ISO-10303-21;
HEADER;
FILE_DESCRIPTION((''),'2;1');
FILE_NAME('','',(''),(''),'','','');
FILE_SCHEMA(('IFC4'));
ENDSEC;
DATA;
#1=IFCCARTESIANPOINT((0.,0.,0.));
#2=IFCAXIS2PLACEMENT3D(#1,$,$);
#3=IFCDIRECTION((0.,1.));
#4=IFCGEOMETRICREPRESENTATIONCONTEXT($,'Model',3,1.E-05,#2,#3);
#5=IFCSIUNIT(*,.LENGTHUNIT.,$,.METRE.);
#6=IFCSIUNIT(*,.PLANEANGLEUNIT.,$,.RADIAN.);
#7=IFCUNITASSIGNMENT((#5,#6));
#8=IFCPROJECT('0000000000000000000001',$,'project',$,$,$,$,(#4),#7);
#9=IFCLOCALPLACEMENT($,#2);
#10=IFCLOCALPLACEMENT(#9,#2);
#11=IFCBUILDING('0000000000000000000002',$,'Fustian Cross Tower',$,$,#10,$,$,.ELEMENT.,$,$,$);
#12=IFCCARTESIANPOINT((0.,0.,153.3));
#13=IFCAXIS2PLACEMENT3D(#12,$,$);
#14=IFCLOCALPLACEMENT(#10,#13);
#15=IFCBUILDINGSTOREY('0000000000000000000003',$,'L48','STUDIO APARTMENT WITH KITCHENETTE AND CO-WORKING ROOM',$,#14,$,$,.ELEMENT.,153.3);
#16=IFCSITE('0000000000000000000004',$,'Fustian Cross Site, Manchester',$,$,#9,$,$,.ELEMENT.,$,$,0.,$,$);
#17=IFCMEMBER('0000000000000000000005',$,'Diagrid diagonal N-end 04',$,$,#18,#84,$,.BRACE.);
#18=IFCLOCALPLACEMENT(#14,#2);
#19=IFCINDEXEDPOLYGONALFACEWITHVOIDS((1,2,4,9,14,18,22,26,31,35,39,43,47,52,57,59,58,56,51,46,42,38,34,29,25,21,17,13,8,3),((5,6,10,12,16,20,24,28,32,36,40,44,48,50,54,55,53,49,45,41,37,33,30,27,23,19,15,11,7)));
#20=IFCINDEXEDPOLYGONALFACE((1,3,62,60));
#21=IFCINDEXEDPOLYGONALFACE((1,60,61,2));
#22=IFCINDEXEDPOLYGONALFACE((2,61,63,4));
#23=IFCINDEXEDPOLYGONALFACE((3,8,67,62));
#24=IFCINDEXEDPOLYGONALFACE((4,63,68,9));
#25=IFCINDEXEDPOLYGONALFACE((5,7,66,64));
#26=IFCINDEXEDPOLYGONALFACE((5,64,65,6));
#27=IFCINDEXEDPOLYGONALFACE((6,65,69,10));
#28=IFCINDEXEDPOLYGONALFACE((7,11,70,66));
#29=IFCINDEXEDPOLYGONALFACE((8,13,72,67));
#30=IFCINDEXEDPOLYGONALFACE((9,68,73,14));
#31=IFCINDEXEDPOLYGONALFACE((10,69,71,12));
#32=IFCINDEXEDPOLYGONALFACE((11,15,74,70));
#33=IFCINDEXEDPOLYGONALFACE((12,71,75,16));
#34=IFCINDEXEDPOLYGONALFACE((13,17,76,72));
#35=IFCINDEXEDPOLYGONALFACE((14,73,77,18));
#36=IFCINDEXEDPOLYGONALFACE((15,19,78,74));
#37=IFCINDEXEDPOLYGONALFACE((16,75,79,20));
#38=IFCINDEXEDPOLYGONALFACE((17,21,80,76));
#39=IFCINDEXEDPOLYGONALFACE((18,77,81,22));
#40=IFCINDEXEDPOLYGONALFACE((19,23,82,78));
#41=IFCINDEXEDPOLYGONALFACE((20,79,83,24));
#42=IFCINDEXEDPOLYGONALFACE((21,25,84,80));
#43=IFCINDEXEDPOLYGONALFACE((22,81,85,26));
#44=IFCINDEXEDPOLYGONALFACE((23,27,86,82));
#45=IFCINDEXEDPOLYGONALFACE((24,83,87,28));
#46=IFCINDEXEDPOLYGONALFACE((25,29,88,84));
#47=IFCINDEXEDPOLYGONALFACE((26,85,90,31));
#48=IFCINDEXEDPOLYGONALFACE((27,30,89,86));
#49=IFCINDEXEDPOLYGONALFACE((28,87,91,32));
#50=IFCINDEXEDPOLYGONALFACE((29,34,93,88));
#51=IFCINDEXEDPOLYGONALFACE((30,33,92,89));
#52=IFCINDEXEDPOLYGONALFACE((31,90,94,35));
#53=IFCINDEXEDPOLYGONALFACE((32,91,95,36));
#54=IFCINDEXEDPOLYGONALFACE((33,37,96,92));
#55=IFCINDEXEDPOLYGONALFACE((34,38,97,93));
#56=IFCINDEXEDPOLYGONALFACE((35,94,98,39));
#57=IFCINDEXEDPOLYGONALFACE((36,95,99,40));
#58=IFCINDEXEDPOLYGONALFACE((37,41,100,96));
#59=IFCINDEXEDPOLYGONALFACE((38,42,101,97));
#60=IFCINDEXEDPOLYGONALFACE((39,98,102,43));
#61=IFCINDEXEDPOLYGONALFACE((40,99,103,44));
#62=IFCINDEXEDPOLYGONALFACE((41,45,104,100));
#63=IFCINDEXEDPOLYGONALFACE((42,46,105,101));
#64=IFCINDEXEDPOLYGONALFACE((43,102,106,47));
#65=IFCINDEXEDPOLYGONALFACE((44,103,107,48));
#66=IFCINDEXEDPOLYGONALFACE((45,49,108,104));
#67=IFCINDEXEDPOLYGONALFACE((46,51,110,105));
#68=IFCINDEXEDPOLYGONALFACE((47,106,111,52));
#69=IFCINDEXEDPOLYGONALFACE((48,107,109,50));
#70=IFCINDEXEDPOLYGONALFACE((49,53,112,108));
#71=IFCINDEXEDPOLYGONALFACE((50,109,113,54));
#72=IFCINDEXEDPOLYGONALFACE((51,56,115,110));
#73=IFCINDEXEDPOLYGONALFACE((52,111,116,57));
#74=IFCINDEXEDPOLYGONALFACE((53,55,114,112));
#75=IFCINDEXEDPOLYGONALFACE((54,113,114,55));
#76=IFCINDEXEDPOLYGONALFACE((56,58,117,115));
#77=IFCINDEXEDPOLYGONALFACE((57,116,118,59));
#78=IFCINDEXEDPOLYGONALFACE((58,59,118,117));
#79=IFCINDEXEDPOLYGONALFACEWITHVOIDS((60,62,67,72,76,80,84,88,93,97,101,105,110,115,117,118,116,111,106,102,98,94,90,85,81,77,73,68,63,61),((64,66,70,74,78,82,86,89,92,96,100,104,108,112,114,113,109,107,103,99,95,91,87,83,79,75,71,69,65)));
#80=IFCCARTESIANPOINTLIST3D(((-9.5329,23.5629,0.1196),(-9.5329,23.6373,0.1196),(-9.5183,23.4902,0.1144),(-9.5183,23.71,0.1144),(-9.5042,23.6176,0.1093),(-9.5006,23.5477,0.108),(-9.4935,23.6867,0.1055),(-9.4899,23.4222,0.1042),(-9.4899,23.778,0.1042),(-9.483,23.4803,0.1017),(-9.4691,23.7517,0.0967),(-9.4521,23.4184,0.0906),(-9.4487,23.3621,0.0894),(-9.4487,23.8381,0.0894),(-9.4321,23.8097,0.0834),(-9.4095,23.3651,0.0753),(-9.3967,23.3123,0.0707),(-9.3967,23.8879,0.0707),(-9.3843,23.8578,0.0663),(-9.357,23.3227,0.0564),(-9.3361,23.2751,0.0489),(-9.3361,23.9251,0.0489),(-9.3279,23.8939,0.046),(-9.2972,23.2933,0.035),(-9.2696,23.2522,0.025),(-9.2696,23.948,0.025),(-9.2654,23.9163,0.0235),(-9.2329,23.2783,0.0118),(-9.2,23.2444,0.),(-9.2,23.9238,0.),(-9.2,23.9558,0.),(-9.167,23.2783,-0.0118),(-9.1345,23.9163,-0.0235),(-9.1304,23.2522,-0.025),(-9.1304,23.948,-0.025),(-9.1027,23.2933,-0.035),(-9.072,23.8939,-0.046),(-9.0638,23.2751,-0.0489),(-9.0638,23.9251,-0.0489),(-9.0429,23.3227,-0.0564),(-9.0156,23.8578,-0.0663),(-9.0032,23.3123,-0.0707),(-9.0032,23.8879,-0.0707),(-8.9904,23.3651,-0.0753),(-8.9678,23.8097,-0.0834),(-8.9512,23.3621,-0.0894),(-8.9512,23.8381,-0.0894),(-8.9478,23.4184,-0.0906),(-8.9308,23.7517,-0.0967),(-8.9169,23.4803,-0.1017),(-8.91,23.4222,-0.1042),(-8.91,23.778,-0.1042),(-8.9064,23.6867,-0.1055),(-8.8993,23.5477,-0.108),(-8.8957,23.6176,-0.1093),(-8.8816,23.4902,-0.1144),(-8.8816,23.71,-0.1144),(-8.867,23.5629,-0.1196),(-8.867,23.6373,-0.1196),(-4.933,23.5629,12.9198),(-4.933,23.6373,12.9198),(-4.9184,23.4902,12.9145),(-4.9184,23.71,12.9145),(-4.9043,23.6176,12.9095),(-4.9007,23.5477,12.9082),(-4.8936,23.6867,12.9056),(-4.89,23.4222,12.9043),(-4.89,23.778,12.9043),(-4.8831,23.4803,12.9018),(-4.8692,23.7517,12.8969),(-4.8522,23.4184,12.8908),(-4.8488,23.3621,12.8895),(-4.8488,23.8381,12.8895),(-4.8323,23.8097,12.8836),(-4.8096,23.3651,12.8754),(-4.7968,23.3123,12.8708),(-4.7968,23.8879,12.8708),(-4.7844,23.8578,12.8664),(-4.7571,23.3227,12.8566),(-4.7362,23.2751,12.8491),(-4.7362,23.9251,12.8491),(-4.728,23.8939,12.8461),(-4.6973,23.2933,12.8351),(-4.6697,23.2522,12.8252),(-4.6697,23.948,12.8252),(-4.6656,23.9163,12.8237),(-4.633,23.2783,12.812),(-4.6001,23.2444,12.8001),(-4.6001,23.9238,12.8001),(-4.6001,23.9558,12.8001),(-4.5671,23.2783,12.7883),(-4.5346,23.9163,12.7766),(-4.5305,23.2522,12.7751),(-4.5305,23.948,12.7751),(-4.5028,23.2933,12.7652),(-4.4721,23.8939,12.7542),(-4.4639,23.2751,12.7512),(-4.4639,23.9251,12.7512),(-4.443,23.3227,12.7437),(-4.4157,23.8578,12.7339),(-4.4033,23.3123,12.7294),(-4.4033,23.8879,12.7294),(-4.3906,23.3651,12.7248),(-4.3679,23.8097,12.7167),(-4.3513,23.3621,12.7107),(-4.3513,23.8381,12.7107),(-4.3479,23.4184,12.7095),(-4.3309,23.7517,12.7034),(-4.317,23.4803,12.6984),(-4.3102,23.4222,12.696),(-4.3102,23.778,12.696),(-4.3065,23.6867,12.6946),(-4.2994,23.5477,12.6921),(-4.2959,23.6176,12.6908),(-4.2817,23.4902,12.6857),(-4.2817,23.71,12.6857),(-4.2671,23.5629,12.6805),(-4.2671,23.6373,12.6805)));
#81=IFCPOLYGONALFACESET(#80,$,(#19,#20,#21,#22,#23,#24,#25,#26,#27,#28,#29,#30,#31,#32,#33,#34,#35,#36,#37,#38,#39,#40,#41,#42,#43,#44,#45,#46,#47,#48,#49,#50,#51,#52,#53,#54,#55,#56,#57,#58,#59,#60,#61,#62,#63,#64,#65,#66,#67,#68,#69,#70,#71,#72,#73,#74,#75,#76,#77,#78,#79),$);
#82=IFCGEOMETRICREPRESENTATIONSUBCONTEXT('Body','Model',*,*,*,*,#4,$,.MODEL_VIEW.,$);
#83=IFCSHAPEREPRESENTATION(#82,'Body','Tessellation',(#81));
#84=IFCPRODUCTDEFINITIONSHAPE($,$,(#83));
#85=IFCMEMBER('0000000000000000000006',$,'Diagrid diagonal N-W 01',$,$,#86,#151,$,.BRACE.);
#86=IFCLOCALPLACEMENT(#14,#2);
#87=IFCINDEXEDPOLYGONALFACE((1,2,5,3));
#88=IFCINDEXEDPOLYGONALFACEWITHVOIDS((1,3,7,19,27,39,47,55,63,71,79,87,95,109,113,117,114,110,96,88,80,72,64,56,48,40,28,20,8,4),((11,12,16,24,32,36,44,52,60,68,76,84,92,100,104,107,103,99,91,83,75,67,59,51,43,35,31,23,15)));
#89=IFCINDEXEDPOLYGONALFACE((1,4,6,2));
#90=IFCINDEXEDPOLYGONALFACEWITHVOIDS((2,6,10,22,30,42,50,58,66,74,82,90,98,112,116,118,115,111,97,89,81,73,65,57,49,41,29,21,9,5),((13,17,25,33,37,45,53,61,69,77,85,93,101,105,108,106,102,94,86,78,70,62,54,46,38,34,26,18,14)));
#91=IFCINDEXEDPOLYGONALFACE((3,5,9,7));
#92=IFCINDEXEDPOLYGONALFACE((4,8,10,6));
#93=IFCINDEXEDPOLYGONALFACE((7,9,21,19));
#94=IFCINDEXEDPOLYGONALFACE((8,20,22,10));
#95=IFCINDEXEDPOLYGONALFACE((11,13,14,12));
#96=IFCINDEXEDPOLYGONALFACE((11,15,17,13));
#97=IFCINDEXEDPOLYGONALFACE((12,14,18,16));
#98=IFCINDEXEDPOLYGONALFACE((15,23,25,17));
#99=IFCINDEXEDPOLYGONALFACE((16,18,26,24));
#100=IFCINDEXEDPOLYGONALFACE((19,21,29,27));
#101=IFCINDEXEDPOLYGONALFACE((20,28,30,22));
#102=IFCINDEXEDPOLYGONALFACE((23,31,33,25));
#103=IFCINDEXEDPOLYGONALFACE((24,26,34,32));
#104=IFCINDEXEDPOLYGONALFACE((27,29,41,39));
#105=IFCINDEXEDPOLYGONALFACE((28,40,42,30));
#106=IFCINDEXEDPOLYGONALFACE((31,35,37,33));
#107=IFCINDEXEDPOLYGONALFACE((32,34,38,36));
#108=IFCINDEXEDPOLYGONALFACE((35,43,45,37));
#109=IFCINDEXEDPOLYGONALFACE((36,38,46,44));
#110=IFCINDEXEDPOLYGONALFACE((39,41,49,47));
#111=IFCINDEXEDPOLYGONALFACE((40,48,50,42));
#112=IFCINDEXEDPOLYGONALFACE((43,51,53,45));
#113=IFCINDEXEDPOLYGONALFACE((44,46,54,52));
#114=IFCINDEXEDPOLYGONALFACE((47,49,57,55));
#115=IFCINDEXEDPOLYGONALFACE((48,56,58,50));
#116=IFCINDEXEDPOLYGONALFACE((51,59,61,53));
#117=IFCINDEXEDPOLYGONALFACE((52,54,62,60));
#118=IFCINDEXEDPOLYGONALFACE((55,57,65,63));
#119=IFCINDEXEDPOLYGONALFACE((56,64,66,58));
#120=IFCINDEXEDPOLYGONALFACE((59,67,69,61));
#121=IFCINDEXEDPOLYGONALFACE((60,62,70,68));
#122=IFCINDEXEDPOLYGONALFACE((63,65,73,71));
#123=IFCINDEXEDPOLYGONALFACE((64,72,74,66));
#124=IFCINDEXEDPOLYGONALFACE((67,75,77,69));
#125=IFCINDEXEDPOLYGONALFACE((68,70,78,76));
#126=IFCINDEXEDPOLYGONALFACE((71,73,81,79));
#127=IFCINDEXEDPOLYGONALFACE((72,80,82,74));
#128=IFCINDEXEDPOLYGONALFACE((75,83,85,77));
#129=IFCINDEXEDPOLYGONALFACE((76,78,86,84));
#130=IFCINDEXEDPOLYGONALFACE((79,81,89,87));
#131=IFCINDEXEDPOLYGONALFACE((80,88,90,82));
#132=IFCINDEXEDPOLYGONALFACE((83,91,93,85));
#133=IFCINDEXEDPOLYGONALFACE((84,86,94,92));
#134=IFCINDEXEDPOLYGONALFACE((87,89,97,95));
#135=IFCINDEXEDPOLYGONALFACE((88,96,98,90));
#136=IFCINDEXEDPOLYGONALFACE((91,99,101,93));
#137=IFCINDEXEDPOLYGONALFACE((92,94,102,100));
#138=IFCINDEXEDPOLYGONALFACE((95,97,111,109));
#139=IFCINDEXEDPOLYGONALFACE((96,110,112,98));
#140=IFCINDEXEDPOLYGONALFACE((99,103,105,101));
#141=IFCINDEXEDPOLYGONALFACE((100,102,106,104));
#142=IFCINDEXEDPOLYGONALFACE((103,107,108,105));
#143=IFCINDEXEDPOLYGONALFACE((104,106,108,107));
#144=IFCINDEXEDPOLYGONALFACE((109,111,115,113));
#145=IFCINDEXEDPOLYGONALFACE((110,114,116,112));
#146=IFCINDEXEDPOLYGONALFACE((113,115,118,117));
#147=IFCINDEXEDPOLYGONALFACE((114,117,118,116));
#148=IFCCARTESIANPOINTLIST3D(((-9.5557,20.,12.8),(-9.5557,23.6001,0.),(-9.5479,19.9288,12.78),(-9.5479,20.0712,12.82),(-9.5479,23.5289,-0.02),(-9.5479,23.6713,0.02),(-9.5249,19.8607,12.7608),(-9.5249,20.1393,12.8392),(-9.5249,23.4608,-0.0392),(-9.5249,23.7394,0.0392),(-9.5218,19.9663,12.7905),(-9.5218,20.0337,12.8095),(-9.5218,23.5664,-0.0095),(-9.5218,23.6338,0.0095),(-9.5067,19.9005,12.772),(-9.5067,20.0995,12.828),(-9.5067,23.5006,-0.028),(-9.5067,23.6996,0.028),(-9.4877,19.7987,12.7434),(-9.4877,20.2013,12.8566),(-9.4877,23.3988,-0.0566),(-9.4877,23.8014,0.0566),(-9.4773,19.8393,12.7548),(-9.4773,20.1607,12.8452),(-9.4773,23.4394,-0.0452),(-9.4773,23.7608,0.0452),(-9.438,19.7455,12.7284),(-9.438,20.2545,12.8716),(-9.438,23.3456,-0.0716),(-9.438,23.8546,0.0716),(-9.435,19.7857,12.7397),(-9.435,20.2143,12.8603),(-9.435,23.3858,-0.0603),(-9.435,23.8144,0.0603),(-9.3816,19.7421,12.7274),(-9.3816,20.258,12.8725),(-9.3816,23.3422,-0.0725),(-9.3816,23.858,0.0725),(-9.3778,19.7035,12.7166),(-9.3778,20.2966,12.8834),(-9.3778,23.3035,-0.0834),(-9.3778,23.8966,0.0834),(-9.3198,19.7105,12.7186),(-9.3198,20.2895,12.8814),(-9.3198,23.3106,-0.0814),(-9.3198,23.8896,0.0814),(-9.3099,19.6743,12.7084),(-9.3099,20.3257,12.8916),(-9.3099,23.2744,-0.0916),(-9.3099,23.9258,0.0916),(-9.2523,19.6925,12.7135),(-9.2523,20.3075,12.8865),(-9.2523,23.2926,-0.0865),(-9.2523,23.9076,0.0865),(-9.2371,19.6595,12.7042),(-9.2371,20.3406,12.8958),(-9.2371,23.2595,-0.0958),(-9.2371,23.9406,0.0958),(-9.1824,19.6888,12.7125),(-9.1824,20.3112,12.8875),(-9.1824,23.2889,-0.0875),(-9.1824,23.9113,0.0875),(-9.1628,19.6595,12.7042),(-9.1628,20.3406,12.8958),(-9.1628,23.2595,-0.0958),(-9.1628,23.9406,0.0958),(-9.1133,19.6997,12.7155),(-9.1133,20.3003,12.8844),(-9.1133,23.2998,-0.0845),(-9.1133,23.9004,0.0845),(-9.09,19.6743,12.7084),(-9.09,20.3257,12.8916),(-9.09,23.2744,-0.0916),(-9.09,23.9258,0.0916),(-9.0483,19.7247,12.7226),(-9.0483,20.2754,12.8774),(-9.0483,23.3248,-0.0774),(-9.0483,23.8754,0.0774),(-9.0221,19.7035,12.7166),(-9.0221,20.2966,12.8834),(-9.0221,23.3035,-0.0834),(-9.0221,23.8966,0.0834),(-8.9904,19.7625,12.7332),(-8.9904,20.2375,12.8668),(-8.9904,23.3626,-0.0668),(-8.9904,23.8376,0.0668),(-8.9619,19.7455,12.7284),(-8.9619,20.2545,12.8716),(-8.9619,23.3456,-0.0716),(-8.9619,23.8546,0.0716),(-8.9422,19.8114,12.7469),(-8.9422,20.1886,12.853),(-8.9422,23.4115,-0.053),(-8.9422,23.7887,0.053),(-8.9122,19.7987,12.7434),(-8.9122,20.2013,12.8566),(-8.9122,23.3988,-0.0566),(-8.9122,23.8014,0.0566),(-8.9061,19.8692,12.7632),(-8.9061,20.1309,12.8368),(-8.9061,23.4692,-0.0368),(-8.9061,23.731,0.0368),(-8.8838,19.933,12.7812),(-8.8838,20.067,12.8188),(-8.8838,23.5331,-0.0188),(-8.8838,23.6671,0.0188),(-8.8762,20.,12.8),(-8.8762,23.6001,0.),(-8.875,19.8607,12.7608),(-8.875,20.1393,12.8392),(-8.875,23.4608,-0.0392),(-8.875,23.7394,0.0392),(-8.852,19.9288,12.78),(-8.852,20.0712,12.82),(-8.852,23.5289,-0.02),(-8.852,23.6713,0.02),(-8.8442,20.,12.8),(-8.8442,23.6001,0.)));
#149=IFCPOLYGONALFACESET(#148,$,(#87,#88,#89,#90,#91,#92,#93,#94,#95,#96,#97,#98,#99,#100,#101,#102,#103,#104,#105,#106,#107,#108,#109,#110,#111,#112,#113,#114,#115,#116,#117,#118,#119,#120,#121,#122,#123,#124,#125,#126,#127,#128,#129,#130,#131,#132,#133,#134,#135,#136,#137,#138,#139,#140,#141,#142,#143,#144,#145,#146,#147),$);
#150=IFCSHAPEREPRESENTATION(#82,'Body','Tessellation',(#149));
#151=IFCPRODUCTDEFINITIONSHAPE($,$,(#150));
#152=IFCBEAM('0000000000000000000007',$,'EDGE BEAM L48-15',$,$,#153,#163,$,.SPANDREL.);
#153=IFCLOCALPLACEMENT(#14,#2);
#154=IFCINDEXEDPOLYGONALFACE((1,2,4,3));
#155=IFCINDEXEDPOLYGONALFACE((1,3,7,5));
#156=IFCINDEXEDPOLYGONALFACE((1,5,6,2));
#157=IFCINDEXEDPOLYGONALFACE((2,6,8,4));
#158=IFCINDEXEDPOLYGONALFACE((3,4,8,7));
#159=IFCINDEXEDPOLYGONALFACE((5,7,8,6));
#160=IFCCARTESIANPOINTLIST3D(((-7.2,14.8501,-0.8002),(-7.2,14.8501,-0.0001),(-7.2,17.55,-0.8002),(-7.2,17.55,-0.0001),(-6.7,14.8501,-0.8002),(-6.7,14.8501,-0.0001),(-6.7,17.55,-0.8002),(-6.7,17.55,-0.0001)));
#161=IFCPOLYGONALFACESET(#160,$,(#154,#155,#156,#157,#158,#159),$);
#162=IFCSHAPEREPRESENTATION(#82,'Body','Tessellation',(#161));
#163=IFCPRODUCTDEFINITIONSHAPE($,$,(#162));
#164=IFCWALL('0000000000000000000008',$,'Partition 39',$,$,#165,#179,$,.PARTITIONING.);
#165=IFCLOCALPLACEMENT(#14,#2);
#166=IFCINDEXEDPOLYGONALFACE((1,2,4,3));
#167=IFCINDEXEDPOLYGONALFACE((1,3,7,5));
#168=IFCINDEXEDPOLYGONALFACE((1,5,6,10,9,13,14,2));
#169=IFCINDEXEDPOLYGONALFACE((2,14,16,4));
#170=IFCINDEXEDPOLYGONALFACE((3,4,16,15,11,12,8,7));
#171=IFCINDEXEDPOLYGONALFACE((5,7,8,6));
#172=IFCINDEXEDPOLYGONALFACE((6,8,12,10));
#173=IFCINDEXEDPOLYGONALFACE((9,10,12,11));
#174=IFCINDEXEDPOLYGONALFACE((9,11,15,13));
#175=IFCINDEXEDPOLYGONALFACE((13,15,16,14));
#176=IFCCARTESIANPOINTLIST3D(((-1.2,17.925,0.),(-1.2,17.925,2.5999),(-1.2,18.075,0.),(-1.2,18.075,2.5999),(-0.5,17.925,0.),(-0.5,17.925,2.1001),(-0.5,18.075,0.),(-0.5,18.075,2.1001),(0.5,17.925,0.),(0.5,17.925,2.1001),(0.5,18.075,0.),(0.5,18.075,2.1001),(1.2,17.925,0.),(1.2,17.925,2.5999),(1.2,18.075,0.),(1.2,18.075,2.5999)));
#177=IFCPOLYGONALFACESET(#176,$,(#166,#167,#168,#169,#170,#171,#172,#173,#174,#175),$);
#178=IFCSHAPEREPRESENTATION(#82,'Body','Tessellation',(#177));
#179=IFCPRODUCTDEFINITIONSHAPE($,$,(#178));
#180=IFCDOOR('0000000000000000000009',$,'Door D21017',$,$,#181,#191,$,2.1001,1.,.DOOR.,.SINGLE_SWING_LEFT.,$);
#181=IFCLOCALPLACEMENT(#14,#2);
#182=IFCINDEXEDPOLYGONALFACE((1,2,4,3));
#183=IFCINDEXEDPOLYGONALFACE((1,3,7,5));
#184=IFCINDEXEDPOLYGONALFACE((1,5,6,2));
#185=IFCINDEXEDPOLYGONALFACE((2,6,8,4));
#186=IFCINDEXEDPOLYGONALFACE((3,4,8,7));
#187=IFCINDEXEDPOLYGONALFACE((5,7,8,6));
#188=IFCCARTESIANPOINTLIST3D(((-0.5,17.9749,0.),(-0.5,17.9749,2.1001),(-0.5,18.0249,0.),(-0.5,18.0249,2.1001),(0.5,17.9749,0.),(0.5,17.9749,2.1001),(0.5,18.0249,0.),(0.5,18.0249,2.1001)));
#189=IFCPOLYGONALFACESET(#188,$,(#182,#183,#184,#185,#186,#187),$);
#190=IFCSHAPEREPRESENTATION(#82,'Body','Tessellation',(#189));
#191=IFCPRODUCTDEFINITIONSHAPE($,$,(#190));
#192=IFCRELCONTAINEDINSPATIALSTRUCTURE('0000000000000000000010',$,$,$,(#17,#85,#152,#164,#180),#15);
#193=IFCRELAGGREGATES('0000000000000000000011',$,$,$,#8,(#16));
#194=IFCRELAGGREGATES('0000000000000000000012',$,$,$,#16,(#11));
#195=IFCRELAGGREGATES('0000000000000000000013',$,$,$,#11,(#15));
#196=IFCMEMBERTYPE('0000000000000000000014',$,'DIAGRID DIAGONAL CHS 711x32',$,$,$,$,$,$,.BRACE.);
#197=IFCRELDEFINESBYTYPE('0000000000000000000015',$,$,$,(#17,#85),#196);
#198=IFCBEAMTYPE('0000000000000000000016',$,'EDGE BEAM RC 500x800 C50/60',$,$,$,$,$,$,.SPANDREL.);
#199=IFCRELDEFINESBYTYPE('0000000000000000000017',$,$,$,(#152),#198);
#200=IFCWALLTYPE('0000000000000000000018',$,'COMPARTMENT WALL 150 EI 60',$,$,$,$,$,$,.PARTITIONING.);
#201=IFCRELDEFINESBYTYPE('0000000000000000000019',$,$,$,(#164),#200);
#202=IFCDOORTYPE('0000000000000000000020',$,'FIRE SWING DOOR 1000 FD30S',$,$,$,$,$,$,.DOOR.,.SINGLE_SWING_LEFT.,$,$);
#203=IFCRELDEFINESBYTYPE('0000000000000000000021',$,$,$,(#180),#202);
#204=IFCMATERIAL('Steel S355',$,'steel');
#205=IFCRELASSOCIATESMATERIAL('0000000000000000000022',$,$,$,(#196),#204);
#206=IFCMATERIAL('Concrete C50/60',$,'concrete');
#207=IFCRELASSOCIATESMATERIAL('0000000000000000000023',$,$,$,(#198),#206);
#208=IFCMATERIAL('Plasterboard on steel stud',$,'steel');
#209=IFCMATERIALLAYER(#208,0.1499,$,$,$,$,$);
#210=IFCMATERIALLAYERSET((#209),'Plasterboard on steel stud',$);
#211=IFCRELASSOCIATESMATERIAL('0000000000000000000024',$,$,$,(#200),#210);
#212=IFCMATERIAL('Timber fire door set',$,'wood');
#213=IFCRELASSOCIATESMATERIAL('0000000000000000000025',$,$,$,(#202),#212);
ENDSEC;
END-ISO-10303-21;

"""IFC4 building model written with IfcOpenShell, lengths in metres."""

from ifc_helpers import new_model, si_unit, direction, frame, frame_2d, origin, origin_2d, place, context, subcontext, project, spatial, rectangle, hollow_circle, extrude, material, layer, layer_set, material_profile, profile_set, type_object, element, fill, save


model = new_model("IFC4")

# Units and contexts
model_context = context("Model", 3, precision=1e-05, world=origin(), true_north=direction((0.0, 1.0)))
body_context = subcontext(model_context, "Body", "Model", "MODEL_VIEW")
ifc_project = project(units=[si_unit("LENGTHUNIT", "METRE"), si_unit("PLANEANGLEUNIT", "RADIAN")], contexts=[model_context])

# Site, building, storey
site_placement = place(None, origin())
site = spatial("IfcSite", under=ifc_project, at=site_placement, Name="Fustian Cross Site, Manchester", CompositionType="ELEMENT", RefElevation=0.0)
building_placement = place(site_placement, origin())
building = spatial("IfcBuilding", under=site, at=building_placement, Name="Fustian Cross Tower", CompositionType="ELEMENT")
storey_placement = place(building_placement, frame((0.0, 0.0, 153.3)))
storey = spatial("IfcBuildingStorey", under=building, at=storey_placement, Name="L48", Description="STUDIO APARTMENT WITH KITCHENETTE AND CO-WORKING ROOM", CompositionType="ELEMENT", Elevation=153.3)

# Members
ifc_material_1 = material(Name="Steel S355", Category="steel")
ifc_material_profile_1 = material_profile(ifc_material_1, hollow_circle(Radius=0.3557, WallThickness=0.032, at=origin_2d()), Name="CHS 711x32")
ifc_profile_set_1 = profile_set([ifc_material_profile_1], Name="Steel S355")
member_type_1 = type_object("IfcMemberType", Name="DIAGRID DIAGONAL CHS 711x32", PredefinedType="BRACE", material=ifc_profile_set_1)
member_1_placement = place(storey_placement, frame((-9.2, 23.6001, 0.0), z_axis=(0.338188, 0.0, 0.941079), x_axis=(0.0, 1.0, 0.0)))
element("IfcMember", 1, at=member_1_placement, inside=storey, type_object=member_type_1, Name="Diagrid diagonal N-end 04", PredefinedType="BRACE", context=body_context, shape_type="SweptSolid", body=[
    extrude(hollow_circle(Radius=0.3557, WallThickness=0.032, at=origin_2d()), origin(), (0.0, 0.0, 1.0), 13.6016),
])
member_2_placement = place(storey_placement, frame((-9.2, 23.6001, 0.0), z_axis=(0.0, -0.270751, 0.962649), x_axis=(1.0, 0.0, 0.0)))
element("IfcMember", 2, at=member_2_placement, inside=storey, type_object=member_type_1, Name="Diagrid diagonal N-W 01", PredefinedType="BRACE", context=body_context, shape_type="SweptSolid", body=[
    extrude(hollow_circle(Radius=0.3557, WallThickness=0.032, at=origin_2d()), origin(), (0.0, 0.0, 1.0), 13.2966),
])

# Beam
ifc_material_2 = material(Name="Concrete C50/60", Category="concrete")
ifc_material_profile_2 = material_profile(ifc_material_2, rectangle(XDim=0.5, YDim=0.8, at=origin_2d()), Name="RC 500x800")
ifc_profile_set_2 = profile_set([ifc_material_profile_2], Name="Concrete C50/60")
beam_type = type_object("IfcBeamType", Name="EDGE BEAM RC 500x800 C50/60", PredefinedType="SPANDREL", material=ifc_profile_set_2)
beam_placement = place(storey_placement, frame((-6.95, 17.55, -0.4001), z_axis=(0.0, -1.0, 0.0), x_axis=(1.0, 0.0, 0.0)))
element("IfcBeam", 3, at=beam_placement, inside=storey, type_object=beam_type, Name="EDGE BEAM L48-15", PredefinedType="SPANDREL", context=body_context, shape_type="SweptSolid", body=[
    extrude(rectangle(XDim=0.5, YDim=0.8, at=origin_2d()), origin(), (0.0, 0.0, 1.0), 2.7),
])

# Wall, opening, door
ifc_material_3 = material(Name="Plasterboard on steel stud", Category="steel")
ifc_layer_1 = layer(ifc_material_3, 0.1499)
ifc_layer_set_1 = layer_set([ifc_layer_1], Name="Plasterboard on steel stud")
wall_type_1 = type_object("IfcWallType", Name="COMPARTMENT WALL 150 EI 60", PredefinedType="PARTITIONING", material=ifc_layer_set_1)
wall_1_placement = place(storey_placement, frame((-1.2, 18.0, 0.0), z_axis=(0.0, 0.0, 1.0), x_axis=(1.0, 0.0, 0.0)))
wall_1 = element("IfcWall", 4, at=wall_1_placement, inside=storey, type_object=wall_type_1, Name="Partition 39", PredefinedType="PARTITIONING", context=body_context, shape_type="SweptSolid", body=[
    extrude(rectangle(XDim=2.3999, YDim=0.1499, at=frame_2d((1.2, 0.0))), origin(), (0.0, 0.0, 1.0), 2.5999),
])
opening_1_placement = place(wall_1_placement, frame((0.7, 0.0, 0.0)))
opening_1 = element("IfcOpeningElement", 5, at=opening_1_placement, cuts=wall_1, PredefinedType="OPENING", context=body_context, shape_type="SweptSolid", body=[
    extrude(rectangle(XDim=1.0, YDim=2.1001, at=frame_2d((0.5, 1.05))), frame((0.0, 0.085, 0.0), z_axis=(0.0, -1.0, 0.0), x_axis=(1.0, 0.0, 0.0)), (0.0, 0.0, 1.0), 0.1699),
])
ifc_material_4 = material(Name="Timber fire door set", Category="wood")
door_type = type_object("IfcDoorType", Name="FIRE SWING DOOR 1000 FD30S", OperationType="SINGLE_SWING_LEFT", PredefinedType="DOOR", material=ifc_material_4)
door_placement = place(opening_1_placement, origin())
door = element("IfcDoor", 6, at=door_placement, inside=storey, type_object=door_type, Name="Door D21017", OperationType="SINGLE_SWING_LEFT", OverallHeight=2.1001, OverallWidth=1.0, PredefinedType="DOOR", context=body_context, shape_type="SweptSolid", body=[
    extrude(rectangle(XDim=1.0, YDim=2.1001, at=frame_2d((0.5, 1.05))), frame((0.0, 0.0249, 0.0), z_axis=(0.0, -1.0, 0.0), x_axis=(1.0, 0.0, 0.0)), (0.0, 0.0, 1.0), 0.05),
])
fill(opening_1, door)

save(model, "model.ifc")
